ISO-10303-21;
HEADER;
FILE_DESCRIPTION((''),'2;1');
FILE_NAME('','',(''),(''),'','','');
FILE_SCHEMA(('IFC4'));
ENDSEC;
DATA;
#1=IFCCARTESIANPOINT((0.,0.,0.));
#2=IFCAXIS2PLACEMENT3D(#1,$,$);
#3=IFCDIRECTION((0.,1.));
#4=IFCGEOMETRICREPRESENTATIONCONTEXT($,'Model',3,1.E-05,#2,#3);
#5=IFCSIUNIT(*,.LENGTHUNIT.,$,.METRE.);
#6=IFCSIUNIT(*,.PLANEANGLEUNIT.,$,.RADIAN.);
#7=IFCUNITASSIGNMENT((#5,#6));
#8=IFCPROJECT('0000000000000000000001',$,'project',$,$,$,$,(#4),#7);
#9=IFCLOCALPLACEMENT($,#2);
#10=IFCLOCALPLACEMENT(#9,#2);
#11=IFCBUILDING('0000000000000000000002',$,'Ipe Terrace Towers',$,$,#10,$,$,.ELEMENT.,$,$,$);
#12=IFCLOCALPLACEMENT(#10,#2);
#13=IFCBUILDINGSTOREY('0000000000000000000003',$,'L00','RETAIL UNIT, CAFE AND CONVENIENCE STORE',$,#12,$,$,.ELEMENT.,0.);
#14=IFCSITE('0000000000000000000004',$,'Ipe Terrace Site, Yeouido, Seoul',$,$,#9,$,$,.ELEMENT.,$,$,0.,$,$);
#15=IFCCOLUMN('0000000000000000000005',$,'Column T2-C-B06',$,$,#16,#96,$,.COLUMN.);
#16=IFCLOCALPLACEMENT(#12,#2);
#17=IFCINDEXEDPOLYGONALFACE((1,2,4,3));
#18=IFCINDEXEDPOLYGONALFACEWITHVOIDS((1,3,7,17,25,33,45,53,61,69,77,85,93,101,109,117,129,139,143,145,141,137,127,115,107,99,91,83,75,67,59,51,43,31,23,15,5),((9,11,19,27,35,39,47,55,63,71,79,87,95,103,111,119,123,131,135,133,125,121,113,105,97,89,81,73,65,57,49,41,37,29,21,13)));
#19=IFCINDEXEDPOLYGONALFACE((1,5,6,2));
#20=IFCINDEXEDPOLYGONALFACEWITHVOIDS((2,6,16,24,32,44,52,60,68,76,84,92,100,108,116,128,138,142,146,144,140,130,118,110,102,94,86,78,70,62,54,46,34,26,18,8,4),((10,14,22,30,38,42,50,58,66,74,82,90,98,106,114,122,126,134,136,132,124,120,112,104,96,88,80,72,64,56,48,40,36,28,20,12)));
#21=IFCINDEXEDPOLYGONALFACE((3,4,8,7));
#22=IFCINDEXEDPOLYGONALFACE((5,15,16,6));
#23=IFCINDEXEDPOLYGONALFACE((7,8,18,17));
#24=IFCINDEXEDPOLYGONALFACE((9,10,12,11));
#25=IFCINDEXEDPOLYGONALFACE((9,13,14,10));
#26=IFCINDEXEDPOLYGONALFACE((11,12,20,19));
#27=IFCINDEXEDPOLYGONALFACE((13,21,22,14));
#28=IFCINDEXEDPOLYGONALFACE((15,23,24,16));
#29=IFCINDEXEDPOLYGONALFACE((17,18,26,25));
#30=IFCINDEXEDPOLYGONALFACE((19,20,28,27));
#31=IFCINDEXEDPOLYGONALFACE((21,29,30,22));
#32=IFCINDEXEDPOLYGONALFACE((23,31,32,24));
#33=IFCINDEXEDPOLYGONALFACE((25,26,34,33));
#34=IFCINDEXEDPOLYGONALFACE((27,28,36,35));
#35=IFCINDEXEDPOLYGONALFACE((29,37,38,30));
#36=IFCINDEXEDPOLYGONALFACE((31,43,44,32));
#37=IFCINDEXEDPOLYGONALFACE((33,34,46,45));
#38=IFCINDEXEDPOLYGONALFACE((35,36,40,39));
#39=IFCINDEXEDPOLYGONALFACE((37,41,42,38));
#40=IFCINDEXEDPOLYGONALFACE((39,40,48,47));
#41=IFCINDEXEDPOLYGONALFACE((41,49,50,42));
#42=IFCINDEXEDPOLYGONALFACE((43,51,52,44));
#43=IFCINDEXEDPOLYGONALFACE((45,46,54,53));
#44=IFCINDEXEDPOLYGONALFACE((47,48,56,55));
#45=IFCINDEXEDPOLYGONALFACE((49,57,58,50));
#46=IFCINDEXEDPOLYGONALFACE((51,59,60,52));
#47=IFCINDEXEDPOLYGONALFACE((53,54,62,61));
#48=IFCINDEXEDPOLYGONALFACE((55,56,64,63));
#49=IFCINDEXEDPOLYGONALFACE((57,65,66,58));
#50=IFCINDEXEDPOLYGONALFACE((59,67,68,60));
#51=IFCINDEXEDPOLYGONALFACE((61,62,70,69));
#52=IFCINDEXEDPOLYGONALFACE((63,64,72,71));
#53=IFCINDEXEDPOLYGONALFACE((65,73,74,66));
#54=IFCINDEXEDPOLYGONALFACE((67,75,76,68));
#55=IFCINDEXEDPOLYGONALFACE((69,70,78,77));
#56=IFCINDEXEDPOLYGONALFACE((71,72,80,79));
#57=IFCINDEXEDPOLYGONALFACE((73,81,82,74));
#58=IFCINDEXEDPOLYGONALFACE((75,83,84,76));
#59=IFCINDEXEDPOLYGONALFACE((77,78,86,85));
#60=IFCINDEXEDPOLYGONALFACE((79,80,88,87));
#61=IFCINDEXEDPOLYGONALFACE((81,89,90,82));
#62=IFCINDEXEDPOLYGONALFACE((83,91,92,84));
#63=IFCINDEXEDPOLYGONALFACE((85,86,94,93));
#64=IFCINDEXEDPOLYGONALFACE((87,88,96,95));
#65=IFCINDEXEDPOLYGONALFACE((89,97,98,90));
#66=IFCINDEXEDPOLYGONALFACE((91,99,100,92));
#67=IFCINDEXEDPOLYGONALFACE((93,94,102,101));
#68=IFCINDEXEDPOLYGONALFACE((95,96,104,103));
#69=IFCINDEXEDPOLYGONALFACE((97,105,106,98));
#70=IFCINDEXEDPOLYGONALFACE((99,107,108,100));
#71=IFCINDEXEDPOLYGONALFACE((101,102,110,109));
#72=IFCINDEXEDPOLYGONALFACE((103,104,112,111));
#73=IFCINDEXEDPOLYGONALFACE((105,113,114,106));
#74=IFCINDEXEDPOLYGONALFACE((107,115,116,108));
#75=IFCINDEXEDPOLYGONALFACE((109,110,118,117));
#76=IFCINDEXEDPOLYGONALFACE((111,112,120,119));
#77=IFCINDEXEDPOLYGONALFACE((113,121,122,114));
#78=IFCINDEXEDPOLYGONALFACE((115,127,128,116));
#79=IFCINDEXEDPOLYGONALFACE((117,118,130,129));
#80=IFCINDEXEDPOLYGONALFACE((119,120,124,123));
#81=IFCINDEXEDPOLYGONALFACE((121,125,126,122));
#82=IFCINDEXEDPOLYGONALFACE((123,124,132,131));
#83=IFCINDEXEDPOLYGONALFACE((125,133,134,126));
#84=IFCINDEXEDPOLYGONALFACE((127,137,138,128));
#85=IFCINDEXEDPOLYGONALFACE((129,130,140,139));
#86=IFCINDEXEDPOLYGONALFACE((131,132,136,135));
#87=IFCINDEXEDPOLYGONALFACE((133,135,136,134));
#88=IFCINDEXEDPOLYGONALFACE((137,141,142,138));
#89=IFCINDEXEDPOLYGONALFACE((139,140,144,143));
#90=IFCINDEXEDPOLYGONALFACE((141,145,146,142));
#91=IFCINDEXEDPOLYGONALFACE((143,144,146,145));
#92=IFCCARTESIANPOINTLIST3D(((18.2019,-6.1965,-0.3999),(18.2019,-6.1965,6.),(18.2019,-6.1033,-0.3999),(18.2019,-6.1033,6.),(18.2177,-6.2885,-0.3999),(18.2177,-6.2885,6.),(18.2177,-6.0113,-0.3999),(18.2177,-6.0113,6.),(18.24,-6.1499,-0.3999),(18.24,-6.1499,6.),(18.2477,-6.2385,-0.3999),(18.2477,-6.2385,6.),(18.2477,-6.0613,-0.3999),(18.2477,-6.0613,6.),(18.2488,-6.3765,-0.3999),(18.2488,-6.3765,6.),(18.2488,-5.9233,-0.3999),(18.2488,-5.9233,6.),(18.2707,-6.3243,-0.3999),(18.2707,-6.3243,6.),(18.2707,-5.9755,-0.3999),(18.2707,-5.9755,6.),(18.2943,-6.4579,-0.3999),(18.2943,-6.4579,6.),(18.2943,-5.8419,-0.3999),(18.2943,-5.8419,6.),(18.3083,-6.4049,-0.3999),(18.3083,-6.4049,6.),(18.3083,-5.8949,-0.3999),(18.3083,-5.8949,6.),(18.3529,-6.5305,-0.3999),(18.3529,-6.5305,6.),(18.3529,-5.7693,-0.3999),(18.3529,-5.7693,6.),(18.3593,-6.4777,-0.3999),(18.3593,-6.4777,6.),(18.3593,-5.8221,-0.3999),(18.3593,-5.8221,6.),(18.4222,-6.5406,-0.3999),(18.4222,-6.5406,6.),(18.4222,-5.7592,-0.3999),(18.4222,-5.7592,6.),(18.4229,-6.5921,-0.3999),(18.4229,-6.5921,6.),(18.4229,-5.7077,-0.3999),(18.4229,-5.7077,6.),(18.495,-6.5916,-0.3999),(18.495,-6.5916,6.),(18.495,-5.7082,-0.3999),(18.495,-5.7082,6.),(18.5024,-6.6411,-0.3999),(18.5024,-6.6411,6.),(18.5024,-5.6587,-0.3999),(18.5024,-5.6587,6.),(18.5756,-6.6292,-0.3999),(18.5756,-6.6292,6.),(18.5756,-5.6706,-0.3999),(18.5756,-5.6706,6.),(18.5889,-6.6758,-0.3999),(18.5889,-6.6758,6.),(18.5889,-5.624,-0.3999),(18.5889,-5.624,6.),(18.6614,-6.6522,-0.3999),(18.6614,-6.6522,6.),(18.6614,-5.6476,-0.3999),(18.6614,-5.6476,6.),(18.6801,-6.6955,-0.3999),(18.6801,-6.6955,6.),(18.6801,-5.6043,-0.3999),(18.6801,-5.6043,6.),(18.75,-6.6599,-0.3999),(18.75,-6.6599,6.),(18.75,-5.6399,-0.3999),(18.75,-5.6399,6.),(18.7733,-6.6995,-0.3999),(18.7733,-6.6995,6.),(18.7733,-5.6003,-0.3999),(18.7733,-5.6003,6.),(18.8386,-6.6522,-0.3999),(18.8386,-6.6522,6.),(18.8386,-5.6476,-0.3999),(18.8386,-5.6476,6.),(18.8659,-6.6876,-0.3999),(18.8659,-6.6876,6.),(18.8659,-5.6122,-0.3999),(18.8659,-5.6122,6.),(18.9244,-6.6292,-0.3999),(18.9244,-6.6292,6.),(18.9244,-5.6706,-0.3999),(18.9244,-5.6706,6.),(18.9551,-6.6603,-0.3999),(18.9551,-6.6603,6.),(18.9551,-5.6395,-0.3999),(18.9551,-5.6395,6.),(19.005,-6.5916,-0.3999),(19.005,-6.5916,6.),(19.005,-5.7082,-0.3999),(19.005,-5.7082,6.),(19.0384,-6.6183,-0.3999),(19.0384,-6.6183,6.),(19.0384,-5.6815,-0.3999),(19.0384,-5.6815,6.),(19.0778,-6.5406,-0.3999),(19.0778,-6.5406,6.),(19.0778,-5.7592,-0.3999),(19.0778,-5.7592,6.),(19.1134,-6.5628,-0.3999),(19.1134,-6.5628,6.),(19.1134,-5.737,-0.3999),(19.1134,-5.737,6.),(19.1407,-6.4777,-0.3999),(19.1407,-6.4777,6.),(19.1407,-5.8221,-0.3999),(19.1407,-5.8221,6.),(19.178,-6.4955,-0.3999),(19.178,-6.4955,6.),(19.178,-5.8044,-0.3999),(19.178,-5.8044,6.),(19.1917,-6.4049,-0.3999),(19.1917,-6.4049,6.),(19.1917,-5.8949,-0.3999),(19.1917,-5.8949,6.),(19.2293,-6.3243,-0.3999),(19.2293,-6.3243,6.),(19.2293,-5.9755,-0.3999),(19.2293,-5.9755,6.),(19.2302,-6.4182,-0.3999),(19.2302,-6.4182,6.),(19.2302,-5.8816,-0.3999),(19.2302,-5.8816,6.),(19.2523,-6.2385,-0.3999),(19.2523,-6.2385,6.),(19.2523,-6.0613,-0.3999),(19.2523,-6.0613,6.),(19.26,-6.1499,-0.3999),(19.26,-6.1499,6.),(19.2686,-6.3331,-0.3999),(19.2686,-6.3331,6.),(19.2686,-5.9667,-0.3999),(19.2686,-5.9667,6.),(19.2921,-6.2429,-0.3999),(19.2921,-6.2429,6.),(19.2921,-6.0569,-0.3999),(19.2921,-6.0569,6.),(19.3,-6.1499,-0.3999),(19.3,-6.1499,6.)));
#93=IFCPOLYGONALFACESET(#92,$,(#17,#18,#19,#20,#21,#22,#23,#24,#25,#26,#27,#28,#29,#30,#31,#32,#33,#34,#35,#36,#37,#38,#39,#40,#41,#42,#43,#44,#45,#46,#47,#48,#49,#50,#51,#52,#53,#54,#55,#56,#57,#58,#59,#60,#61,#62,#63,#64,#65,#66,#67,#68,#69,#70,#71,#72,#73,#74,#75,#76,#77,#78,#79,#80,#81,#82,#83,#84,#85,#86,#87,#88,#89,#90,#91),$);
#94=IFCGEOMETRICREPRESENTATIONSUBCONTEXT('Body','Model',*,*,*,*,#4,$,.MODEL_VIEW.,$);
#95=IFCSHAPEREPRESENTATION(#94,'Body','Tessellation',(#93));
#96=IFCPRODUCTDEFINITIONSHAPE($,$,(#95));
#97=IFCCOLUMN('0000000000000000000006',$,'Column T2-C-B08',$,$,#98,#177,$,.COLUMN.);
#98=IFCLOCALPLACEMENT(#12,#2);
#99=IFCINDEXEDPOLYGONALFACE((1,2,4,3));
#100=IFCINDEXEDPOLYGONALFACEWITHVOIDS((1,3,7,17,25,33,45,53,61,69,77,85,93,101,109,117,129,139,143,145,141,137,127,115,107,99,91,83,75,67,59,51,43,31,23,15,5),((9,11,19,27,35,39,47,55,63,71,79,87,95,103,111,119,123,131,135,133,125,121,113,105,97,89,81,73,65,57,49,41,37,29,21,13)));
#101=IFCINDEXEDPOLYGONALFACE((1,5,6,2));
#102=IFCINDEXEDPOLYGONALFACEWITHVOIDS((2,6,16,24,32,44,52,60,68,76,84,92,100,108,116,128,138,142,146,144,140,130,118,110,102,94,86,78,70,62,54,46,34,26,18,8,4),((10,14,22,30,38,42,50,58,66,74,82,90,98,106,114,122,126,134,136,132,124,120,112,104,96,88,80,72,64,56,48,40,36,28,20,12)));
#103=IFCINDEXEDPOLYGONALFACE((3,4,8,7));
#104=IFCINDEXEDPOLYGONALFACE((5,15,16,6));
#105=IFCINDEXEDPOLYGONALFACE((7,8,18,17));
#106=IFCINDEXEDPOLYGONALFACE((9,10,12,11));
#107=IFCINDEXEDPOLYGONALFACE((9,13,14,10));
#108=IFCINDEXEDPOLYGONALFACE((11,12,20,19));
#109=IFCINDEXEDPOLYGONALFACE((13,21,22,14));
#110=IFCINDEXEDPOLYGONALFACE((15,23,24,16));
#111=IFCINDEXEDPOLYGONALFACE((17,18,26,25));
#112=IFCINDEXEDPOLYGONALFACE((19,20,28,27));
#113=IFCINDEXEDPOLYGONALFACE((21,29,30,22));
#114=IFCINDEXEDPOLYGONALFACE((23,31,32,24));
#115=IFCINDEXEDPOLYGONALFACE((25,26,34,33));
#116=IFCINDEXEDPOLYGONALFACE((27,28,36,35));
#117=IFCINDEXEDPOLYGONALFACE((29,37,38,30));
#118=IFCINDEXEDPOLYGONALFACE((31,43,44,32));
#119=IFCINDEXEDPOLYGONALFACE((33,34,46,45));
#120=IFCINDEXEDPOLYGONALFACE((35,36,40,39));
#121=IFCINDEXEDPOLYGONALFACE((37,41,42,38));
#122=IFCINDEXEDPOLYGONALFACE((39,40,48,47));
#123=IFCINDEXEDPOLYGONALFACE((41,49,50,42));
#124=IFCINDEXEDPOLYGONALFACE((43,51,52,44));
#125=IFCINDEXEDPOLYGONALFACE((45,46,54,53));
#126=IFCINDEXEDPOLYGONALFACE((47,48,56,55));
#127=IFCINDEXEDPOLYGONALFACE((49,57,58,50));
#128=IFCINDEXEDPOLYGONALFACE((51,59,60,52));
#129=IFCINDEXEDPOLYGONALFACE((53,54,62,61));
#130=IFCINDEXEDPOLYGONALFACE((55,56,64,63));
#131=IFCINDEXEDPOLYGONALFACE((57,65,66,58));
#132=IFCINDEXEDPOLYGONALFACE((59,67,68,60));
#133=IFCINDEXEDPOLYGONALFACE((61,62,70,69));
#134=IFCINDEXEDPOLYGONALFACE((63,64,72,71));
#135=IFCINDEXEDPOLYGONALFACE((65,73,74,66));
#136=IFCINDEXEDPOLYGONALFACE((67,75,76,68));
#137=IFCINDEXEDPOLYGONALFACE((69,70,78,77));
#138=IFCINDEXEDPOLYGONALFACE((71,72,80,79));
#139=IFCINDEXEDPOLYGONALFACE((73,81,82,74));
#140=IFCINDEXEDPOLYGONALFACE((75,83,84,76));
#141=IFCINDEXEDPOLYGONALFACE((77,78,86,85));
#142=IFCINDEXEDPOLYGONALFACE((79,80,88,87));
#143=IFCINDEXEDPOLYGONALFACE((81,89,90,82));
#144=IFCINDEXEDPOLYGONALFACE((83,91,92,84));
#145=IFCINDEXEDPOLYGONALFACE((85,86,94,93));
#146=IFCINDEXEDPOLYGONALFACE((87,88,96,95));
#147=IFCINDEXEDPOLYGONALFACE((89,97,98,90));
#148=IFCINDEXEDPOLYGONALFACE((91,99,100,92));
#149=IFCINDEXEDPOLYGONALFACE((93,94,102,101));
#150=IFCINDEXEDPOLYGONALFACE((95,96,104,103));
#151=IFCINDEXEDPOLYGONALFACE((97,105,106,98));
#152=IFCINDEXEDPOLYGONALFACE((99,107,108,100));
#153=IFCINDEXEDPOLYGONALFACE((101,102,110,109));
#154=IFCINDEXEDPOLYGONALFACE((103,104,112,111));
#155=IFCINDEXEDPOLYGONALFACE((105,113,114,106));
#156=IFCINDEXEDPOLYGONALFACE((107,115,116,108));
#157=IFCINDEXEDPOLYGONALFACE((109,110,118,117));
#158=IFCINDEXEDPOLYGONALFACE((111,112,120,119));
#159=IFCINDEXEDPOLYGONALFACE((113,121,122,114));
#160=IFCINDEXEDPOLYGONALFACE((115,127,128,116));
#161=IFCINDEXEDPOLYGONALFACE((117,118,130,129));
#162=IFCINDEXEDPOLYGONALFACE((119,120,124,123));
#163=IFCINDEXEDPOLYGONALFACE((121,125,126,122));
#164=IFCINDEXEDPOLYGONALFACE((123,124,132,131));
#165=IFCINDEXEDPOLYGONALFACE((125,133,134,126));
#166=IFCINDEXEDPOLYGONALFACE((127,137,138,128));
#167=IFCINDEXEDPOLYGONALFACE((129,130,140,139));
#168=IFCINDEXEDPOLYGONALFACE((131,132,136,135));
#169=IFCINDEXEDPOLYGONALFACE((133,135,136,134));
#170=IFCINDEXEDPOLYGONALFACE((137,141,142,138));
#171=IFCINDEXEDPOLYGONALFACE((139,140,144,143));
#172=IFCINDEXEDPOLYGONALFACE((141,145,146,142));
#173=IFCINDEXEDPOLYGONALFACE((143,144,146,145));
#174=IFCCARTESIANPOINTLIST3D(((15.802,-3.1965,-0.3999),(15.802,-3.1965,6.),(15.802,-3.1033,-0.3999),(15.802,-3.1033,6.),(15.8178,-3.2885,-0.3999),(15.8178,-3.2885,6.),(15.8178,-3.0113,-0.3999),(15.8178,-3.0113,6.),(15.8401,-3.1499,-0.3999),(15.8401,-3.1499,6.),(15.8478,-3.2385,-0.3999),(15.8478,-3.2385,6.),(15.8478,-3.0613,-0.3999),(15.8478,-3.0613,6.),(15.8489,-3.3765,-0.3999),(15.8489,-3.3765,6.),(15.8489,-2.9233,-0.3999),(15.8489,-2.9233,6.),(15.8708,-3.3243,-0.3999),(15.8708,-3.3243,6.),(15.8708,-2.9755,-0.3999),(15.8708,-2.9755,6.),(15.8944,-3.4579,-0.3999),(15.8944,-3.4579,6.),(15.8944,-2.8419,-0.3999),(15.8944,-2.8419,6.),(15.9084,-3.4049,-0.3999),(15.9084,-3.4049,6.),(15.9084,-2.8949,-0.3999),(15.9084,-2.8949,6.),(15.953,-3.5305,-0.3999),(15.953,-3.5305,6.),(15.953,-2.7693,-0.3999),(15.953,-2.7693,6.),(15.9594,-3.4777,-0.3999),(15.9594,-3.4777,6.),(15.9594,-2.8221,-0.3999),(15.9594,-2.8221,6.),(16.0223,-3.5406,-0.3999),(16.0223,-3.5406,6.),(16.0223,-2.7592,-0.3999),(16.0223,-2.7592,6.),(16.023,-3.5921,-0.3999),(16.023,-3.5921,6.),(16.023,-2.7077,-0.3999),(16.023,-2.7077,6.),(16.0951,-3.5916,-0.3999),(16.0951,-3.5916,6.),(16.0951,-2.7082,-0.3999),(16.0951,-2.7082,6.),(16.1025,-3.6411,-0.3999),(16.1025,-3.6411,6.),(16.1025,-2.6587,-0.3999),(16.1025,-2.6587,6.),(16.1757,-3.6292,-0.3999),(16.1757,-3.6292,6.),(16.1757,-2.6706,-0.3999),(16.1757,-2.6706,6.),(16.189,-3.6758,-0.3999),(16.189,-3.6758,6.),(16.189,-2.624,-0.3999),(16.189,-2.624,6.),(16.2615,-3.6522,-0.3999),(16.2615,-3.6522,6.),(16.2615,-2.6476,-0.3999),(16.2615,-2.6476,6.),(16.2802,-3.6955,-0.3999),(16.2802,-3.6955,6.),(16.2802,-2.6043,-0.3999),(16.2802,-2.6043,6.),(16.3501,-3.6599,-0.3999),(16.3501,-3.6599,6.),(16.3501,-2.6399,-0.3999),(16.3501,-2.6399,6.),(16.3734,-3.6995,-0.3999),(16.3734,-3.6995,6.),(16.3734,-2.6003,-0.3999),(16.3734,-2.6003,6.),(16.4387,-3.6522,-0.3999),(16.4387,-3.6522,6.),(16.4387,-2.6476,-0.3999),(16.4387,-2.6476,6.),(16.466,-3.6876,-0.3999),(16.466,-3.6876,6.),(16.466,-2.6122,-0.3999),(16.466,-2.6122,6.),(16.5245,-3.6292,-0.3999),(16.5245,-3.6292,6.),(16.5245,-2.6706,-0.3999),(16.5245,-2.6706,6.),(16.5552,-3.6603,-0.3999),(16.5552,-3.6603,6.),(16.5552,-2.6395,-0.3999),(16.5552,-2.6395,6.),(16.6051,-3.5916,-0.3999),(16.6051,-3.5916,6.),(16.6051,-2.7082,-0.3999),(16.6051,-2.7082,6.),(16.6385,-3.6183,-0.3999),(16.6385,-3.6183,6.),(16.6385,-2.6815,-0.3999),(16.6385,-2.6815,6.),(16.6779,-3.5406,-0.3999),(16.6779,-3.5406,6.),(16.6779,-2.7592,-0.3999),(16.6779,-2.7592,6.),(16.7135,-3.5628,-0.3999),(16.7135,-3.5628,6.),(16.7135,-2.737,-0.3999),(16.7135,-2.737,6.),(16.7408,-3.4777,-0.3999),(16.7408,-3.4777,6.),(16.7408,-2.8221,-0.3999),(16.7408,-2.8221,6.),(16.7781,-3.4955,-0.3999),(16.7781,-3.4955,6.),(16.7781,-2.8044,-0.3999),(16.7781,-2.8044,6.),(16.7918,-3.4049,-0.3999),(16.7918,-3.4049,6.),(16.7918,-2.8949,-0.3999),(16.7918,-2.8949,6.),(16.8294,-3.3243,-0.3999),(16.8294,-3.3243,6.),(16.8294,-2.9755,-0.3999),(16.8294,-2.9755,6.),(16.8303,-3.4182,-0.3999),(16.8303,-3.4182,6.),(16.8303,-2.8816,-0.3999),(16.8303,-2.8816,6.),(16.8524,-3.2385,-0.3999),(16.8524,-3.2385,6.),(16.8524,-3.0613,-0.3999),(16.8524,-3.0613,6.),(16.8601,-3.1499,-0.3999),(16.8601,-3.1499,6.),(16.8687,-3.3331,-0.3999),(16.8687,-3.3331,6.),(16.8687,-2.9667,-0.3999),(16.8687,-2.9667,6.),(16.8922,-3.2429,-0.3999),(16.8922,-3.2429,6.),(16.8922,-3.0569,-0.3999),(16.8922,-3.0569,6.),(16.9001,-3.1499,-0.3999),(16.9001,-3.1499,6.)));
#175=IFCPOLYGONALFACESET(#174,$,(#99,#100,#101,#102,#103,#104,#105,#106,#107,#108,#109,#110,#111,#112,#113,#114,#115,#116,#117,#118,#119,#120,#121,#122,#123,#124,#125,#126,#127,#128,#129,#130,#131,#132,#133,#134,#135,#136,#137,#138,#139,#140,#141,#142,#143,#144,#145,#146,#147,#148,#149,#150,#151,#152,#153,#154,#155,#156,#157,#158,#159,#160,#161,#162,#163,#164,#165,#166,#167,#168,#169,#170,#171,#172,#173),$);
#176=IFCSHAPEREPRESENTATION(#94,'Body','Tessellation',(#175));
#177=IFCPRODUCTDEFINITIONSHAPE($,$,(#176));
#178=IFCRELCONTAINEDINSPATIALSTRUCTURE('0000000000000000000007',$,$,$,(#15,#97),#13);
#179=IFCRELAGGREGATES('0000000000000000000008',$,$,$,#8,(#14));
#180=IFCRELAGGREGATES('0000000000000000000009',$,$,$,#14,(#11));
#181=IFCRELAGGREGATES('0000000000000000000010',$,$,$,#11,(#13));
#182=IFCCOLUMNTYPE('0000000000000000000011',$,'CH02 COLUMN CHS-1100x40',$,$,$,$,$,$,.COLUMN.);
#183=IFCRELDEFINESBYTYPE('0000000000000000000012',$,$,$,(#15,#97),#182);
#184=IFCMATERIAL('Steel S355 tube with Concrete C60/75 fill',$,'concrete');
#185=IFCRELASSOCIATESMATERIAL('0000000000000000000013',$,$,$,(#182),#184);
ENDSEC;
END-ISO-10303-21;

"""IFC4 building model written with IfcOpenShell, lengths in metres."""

from ifc_helpers import new_model, si_unit, direction, frame, origin, origin_2d, place, context, subcontext, project, spatial, hollow_circle, extrude, material, material_profile, profile_set, type_object, element, save


model = new_model("IFC4")

# Units and contexts
model_context = context("Model", 3, precision=1e-05, world=origin(), true_north=direction((0.0, 1.0)))
body_context = subcontext(model_context, "Body", "Model", "MODEL_VIEW")
ifc_project = project(units=[si_unit("LENGTHUNIT", "METRE"), si_unit("PLANEANGLEUNIT", "RADIAN")], contexts=[model_context])

# Site, building, storey
site_placement = place(None, origin())
site = spatial("IfcSite", under=ifc_project, at=site_placement, Name="Ipe Terrace Site, Yeouido, Seoul", CompositionType="ELEMENT", RefElevation=0.0)
building_placement = place(site_placement, origin())
building = spatial("IfcBuilding", under=site, at=building_placement, Name="Ipe Terrace Towers", CompositionType="ELEMENT")
storey_placement = place(building_placement, origin())
storey = spatial("IfcBuildingStorey", under=building, at=storey_placement, Name="L00", Description="RETAIL UNIT, CAFE AND CONVENIENCE STORE", CompositionType="ELEMENT", Elevation=0.0)

# Columns
ifc_material_1 = material(Name="Steel S355 tube with Concrete C60/75 fill", Category="concrete")
ifc_material_profile_1 = material_profile(ifc_material_1, hollow_circle(Radius=0.55, WallThickness=0.04, at=origin_2d()), Name="CHS-1100x40")
ifc_profile_set_1 = profile_set([ifc_material_profile_1], Name="Steel S355 tube with Concrete C60/75 fill")
column_type_1 = type_object("IfcColumnType", Name="CH02 COLUMN CHS-1100x40", PredefinedType="COLUMN", material=ifc_profile_set_1)
for number, where, z_axis, x_axis, name in (
    (1, (18.75, -6.1499, -0.3999), (0.0, 0.0, 1.0), (1.0, 0.0, 0.0), "Column T2-C-B06"),
    (2, (16.3501, -3.1499, -0.3999), (0.0, 0.0, 1.0), (1.0, 0.0, 0.0), "Column T2-C-B08"),
):
    element("IfcColumn", number, at=place(storey_placement, frame(where, z_axis=z_axis, x_axis=x_axis)), inside=storey, type_object=column_type_1, Name=name, PredefinedType="COLUMN", context=body_context, shape_type="SweptSolid", body=[
        extrude(hollow_circle(Radius=0.55, WallThickness=0.04, at=origin_2d()), origin(), (0.0, 0.0, 1.0), 6.3999),
    ])

save(model, "model.ifc")
